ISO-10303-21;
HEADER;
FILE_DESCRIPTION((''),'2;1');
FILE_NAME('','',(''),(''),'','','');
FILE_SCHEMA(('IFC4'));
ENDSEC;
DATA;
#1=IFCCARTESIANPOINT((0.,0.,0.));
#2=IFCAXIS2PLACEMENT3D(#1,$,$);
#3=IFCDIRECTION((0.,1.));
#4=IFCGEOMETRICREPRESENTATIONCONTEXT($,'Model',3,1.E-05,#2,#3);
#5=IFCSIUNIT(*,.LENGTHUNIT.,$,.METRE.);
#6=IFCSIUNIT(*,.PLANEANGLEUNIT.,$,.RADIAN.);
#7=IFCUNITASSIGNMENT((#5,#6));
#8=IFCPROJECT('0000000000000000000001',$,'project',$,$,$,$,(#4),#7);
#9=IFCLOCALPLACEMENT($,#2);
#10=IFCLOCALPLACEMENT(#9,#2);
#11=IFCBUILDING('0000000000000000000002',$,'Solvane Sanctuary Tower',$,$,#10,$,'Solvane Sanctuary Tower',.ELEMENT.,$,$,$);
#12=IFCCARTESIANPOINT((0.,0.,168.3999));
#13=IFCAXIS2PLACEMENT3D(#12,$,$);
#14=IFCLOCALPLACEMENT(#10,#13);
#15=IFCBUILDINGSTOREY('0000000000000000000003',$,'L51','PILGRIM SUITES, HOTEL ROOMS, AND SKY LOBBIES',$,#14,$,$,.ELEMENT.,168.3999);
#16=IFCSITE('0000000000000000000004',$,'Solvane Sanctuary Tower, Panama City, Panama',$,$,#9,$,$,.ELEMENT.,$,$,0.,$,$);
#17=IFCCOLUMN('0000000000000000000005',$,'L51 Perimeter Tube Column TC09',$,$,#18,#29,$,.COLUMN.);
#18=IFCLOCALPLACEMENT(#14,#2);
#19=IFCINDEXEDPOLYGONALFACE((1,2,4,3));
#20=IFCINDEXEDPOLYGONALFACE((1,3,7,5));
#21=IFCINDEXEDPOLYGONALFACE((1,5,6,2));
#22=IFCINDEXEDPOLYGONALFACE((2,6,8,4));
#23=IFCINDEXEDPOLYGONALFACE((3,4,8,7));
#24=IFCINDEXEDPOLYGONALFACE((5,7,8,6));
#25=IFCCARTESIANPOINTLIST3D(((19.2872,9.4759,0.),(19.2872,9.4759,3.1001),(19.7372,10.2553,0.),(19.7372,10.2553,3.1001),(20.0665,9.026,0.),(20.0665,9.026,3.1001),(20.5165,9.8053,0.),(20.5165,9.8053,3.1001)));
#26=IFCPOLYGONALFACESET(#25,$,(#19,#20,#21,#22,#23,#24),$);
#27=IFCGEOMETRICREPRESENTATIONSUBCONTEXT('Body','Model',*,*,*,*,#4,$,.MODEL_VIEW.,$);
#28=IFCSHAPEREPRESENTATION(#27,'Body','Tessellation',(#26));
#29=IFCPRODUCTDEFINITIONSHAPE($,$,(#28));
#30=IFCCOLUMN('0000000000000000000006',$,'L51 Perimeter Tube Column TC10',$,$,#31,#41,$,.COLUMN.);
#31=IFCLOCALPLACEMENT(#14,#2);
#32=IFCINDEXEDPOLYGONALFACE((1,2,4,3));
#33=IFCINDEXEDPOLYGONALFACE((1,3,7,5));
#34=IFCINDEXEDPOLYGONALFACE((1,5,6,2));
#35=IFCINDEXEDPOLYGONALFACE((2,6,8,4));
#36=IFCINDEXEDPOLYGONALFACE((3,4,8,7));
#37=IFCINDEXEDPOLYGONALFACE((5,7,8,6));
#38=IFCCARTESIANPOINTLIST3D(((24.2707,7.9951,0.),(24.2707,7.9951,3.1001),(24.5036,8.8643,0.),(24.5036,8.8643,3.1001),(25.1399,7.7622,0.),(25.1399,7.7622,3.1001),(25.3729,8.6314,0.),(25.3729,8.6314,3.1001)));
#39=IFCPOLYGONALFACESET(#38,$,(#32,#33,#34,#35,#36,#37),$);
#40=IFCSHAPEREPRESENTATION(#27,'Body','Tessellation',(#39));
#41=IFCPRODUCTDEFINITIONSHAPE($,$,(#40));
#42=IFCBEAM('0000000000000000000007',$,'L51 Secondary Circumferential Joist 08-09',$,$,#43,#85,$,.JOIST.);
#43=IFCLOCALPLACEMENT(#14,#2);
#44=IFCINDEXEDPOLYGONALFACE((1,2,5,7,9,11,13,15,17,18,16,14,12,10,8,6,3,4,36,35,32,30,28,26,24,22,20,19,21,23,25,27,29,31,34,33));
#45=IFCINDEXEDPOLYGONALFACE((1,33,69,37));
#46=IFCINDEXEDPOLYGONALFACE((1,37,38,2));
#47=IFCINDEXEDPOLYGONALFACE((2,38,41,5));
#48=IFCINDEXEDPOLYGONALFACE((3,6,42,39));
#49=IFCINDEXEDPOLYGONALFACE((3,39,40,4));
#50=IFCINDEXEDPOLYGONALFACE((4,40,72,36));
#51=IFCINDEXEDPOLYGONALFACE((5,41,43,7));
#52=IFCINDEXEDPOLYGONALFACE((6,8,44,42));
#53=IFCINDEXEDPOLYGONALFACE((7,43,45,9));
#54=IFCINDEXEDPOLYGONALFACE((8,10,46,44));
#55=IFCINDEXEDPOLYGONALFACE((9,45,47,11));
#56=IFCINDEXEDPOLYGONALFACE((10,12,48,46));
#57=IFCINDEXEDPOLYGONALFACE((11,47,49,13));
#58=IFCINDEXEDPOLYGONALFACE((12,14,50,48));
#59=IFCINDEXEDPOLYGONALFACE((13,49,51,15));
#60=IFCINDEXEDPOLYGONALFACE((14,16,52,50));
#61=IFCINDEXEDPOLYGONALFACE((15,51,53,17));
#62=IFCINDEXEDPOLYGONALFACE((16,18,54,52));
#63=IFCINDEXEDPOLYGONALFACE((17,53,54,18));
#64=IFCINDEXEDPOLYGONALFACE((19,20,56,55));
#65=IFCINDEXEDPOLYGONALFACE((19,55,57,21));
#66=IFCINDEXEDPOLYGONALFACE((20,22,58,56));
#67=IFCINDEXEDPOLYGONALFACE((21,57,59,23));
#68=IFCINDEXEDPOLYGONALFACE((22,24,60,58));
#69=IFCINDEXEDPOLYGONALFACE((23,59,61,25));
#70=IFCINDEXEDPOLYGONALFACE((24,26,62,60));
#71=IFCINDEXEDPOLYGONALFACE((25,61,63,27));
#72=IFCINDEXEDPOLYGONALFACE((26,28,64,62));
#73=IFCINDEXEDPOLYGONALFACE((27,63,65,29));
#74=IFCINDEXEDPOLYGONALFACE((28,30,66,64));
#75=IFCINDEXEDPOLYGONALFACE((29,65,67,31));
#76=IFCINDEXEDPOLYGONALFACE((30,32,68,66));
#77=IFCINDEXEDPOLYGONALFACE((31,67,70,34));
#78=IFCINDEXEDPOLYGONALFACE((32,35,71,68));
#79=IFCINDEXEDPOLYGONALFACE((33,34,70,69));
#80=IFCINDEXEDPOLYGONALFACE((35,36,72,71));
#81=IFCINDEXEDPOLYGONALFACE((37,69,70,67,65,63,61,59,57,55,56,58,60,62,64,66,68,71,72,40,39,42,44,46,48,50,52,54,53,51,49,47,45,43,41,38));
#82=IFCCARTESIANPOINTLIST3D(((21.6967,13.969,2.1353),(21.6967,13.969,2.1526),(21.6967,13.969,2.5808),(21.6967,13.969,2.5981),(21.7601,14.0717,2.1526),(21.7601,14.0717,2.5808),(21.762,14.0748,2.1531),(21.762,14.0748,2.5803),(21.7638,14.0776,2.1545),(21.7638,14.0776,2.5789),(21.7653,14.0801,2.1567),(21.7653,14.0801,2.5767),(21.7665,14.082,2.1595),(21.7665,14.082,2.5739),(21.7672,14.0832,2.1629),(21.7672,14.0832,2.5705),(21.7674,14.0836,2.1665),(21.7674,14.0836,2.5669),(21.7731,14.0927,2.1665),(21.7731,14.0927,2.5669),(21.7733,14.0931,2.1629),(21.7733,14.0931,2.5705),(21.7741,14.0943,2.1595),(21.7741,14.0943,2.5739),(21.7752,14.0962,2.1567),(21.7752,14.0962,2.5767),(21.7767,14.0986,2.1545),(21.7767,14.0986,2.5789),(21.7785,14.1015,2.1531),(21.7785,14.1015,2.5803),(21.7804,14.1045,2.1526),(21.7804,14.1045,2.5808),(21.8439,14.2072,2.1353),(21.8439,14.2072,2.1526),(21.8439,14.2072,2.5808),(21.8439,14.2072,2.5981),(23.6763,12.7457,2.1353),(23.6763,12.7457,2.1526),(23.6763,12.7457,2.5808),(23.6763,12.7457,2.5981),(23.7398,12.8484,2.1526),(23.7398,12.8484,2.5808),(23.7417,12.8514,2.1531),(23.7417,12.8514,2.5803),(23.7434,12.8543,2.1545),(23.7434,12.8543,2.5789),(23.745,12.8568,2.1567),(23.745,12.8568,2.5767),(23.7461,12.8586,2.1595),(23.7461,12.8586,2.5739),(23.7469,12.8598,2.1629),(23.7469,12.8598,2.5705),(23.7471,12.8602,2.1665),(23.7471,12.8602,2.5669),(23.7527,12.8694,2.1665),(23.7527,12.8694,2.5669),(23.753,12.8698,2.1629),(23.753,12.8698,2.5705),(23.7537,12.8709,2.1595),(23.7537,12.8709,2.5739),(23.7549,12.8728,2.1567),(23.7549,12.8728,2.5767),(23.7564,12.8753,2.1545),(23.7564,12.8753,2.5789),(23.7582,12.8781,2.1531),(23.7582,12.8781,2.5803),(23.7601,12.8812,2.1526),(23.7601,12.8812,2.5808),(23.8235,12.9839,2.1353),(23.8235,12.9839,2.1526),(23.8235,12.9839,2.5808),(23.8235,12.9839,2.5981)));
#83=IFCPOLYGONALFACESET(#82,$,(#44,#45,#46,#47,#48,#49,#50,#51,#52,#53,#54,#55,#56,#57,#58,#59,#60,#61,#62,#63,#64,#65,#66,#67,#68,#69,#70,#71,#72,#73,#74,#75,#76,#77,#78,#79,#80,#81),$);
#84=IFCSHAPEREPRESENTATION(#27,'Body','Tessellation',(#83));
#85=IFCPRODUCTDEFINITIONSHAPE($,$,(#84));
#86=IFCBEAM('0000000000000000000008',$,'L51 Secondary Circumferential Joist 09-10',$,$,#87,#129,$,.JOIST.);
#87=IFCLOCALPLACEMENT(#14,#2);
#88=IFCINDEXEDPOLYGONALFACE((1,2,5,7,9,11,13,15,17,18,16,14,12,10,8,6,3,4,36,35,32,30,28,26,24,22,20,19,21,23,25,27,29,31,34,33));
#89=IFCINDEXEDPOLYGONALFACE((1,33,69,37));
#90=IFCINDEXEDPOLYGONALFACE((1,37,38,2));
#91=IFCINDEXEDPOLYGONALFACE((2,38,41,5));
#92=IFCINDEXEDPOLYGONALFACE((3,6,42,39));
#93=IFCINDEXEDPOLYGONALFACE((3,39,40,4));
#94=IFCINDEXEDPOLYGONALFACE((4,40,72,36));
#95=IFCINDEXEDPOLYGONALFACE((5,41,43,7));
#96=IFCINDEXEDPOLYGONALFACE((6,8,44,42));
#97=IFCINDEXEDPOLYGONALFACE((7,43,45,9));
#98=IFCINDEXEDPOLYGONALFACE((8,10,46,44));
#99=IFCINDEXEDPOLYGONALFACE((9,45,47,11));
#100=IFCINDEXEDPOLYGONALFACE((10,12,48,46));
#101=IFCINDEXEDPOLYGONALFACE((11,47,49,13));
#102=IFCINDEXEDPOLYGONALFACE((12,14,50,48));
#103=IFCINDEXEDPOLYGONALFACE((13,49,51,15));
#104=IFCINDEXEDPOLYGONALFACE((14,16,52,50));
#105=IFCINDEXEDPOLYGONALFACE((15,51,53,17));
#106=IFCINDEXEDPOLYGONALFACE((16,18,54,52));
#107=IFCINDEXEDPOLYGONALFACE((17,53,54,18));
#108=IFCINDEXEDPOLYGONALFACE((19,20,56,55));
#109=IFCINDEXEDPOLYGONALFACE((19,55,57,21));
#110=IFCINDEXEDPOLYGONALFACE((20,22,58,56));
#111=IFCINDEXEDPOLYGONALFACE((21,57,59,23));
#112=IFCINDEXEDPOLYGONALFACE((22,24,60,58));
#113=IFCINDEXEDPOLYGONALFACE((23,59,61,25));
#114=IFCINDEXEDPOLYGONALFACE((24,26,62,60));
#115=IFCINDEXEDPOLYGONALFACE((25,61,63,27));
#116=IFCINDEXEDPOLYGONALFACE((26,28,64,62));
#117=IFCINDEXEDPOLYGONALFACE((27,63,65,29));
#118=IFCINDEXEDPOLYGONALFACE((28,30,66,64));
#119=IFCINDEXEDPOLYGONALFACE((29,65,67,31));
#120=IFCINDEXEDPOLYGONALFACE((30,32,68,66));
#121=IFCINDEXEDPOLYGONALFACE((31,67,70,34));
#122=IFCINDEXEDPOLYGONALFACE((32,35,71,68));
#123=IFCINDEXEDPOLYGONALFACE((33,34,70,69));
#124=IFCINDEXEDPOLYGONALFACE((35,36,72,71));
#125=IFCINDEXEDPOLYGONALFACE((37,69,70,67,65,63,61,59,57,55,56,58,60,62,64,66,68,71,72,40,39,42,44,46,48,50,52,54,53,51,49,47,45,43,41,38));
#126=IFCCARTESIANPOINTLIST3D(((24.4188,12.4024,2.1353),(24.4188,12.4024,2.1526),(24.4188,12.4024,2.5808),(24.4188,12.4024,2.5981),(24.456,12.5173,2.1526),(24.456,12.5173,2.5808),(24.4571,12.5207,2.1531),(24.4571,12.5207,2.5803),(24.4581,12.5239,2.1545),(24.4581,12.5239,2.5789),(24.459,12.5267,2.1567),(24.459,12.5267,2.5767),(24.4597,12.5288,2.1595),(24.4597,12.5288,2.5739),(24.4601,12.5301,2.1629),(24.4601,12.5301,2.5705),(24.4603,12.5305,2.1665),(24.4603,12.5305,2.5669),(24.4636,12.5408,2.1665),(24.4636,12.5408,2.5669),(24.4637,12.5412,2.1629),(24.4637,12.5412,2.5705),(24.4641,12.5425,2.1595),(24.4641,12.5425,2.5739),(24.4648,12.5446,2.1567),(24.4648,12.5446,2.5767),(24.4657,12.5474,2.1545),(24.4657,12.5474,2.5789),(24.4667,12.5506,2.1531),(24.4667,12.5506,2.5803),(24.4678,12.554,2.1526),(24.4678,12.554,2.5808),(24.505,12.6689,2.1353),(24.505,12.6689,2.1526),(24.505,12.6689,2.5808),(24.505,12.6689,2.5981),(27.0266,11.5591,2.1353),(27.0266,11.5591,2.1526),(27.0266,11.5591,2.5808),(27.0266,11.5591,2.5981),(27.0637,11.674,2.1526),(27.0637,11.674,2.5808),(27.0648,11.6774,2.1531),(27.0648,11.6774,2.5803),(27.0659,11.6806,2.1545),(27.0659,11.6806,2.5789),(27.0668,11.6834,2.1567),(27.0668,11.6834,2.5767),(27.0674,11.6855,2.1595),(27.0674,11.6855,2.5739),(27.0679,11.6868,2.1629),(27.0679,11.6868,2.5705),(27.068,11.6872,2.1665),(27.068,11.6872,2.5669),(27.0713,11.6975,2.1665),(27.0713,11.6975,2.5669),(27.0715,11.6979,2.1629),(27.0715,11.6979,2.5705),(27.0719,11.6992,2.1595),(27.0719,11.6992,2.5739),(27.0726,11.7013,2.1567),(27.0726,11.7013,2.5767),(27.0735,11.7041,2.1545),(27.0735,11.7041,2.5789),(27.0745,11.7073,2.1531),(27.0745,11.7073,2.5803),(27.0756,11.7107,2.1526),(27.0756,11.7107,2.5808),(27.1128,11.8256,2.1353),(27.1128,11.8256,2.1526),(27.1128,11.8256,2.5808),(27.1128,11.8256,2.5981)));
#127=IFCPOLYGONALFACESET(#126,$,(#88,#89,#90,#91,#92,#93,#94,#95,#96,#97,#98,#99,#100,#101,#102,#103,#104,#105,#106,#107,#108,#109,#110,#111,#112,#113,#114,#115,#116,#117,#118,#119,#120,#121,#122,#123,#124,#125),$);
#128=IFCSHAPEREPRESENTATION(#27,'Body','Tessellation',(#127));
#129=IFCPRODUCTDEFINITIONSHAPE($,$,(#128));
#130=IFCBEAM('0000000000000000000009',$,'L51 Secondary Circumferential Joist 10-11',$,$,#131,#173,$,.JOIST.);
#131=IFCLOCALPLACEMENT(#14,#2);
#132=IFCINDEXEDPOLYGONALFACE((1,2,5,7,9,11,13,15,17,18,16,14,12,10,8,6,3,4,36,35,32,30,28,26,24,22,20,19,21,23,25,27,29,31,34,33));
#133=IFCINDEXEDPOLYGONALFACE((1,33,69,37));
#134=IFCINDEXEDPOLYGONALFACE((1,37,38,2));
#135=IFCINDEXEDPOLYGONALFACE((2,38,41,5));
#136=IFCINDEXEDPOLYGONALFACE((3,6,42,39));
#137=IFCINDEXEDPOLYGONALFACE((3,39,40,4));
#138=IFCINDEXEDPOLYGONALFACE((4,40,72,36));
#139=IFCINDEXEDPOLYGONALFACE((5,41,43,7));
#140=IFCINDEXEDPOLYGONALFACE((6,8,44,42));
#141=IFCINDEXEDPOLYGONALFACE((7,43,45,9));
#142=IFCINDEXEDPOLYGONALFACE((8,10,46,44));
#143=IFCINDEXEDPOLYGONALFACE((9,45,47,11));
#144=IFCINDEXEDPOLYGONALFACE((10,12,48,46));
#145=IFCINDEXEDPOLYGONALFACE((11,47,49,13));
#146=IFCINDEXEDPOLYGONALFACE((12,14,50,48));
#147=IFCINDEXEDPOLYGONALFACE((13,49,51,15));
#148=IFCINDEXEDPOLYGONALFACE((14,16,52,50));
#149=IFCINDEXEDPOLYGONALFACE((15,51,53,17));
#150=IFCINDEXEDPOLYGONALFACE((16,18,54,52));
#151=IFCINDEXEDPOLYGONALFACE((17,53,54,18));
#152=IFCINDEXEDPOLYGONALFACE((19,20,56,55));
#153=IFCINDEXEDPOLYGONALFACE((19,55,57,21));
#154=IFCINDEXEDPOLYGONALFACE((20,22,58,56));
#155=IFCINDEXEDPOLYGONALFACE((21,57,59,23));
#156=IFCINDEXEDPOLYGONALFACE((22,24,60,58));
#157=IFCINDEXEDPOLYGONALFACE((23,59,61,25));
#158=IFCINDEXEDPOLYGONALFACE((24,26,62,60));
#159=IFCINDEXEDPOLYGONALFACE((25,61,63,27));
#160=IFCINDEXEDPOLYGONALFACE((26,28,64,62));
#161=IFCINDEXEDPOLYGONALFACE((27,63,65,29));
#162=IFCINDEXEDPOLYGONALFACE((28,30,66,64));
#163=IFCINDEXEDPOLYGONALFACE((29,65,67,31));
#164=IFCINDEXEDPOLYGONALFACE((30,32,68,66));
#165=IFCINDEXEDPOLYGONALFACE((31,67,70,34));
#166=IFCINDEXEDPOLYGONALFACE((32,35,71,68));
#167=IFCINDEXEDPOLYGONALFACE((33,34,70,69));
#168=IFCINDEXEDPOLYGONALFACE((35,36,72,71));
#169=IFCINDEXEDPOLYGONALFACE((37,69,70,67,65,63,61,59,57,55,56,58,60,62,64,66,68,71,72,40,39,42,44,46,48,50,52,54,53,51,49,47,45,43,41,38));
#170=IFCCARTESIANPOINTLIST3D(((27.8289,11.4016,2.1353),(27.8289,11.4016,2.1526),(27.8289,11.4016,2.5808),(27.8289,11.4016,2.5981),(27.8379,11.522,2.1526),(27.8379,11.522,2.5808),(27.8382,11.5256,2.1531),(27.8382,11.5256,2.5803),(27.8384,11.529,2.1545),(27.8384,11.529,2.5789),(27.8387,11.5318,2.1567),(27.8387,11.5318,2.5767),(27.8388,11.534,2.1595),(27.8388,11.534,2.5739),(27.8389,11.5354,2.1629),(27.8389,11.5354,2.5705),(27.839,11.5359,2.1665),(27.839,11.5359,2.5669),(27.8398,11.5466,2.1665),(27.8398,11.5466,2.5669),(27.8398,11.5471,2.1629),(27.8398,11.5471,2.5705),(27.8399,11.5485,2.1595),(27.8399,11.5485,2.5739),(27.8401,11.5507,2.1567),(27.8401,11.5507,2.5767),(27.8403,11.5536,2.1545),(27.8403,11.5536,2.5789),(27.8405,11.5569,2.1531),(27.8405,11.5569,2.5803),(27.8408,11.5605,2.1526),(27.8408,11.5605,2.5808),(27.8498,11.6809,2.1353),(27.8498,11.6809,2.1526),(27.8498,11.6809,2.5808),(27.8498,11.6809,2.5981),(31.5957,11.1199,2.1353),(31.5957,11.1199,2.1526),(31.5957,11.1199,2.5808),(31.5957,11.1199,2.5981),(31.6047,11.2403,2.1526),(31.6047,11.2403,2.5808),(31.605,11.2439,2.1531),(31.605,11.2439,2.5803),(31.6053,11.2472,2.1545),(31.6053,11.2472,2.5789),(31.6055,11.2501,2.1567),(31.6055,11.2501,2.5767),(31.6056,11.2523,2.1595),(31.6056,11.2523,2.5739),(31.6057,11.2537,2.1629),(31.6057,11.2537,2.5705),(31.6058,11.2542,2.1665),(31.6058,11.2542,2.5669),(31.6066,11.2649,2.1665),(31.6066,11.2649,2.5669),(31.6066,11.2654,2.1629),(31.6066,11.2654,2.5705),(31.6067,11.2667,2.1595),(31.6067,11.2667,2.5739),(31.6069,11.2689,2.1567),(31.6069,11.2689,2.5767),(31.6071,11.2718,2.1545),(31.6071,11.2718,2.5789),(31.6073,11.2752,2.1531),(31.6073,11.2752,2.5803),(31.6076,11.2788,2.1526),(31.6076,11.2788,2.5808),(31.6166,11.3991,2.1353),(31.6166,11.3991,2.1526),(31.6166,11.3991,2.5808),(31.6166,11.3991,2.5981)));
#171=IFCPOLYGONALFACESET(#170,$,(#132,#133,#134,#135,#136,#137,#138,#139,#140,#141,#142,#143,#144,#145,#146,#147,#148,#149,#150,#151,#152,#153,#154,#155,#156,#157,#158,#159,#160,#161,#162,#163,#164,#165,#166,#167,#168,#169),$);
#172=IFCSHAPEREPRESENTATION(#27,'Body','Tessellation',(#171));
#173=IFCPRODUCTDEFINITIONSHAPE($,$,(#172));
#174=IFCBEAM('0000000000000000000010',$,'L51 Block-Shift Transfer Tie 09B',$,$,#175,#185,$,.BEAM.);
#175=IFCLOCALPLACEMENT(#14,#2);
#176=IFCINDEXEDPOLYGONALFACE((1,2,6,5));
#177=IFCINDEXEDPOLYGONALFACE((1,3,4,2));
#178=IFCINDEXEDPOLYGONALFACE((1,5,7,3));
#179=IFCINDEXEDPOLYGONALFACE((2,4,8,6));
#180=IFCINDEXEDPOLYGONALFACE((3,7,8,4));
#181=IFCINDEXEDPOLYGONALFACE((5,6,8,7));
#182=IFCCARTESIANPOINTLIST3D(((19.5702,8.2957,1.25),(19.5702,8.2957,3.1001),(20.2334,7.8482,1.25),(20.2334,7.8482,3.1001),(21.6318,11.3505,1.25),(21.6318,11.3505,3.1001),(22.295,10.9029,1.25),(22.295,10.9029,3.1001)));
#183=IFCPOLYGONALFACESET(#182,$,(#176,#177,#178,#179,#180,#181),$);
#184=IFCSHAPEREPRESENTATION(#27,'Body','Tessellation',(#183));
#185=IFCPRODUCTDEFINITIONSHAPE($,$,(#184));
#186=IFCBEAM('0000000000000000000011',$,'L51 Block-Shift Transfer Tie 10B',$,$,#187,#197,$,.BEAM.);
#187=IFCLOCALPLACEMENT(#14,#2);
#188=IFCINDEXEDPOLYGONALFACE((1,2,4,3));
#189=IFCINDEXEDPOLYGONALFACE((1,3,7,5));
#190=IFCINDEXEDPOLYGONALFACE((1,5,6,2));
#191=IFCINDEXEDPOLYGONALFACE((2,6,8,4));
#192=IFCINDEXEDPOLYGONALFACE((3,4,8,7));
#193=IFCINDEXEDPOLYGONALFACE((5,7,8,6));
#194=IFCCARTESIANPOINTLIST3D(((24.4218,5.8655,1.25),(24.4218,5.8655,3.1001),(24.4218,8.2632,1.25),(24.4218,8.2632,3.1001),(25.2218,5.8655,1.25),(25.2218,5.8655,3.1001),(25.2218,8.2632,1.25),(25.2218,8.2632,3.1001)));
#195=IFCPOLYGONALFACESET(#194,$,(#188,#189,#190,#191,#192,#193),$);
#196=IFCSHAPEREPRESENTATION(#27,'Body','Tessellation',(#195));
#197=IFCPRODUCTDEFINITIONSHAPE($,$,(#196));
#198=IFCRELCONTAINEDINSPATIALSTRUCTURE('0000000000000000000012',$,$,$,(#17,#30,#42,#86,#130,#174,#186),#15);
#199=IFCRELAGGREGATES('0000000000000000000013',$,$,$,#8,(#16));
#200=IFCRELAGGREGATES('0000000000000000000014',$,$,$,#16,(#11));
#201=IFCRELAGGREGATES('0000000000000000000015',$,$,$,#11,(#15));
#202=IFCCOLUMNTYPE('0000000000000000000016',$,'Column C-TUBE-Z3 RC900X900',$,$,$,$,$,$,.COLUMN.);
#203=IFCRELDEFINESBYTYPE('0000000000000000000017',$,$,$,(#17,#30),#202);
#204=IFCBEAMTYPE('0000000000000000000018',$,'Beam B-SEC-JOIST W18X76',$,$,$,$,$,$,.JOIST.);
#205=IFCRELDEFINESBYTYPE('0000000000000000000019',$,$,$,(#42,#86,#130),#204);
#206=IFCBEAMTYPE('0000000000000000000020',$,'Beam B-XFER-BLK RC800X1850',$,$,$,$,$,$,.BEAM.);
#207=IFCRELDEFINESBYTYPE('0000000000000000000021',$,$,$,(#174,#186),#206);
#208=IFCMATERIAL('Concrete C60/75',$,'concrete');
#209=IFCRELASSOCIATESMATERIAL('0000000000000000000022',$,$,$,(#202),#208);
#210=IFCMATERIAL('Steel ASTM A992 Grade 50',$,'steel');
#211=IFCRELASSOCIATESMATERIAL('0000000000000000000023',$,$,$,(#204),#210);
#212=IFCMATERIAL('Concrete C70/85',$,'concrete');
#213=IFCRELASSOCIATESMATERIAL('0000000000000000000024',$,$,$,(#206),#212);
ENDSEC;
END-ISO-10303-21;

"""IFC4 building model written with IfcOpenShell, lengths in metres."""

from ifc_helpers import new_model, si_unit, direction, frame, origin, origin_2d, place, context, subcontext, project, spatial, rectangle, i_section, extrude, material, material_profile, profile_set, type_object, element, save


model = new_model("IFC4")

# Units and contexts
model_context = context("Model", 3, precision=1e-05, world=origin(), true_north=direction((0.0, 1.0)))
body_context = subcontext(model_context, "Body", "Model", "MODEL_VIEW")
ifc_project = project(units=[si_unit("LENGTHUNIT", "METRE"), si_unit("PLANEANGLEUNIT", "RADIAN")], contexts=[model_context])

# Site, building, storey
site_placement = place(None, origin())
site = spatial("IfcSite", under=ifc_project, at=site_placement, Name="Solvane Sanctuary Tower, Panama City, Panama", CompositionType="ELEMENT", RefElevation=0.0)
building_placement = place(site_placement, origin())
building = spatial("IfcBuilding", under=site, at=building_placement, Name="Solvane Sanctuary Tower", LongName="Solvane Sanctuary Tower", CompositionType="ELEMENT")
storey_placement = place(building_placement, frame((0.0, 0.0, 168.3999)))
storey = spatial("IfcBuildingStorey", under=building, at=storey_placement, Name="L51", Description="PILGRIM SUITES, HOTEL ROOMS, AND SKY LOBBIES", CompositionType="ELEMENT", Elevation=168.3999)

# Columns
ifc_material_1 = material(Name="Concrete C60/75", Category="concrete")
ifc_material_profile_1 = material_profile(ifc_material_1, rectangle(XDim=0.8999, YDim=0.8999, at=origin_2d()), Name="RC900X900")
ifc_profile_set_1 = profile_set([ifc_material_profile_1], Name="Concrete C60/75")
column_type = type_object("IfcColumnType", Name="Column C-TUBE-Z3 RC900X900", PredefinedType="COLUMN", material=ifc_profile_set_1)
for number, where, z_axis, x_axis, name in (
    (1, (19.9019, 9.6406, 0.0), (0.0, 0.0, 1.0), (-0.5, -0.866025, 0.0), "L51 Perimeter Tube Column TC09"),
    (2, (24.8218, 8.3132, 0.0), (0.0, 0.0, 1.0), (-0.258819, -0.965926, 0.0), "L51 Perimeter Tube Column TC10"),
):
    element("IfcColumn", number, at=place(storey_placement, frame(where, z_axis=z_axis, x_axis=x_axis)), inside=storey, type_object=column_type, Name=name, PredefinedType="COLUMN", context=body_context, shape_type="SweptSolid", body=[
        extrude(rectangle(XDim=0.8999, YDim=0.8999, at=origin_2d()), origin(), (0.0, 0.0, 1.0), 3.1001),
    ])

# Beams
ifc_material_2 = material(Name="Steel ASTM A992 Grade 50", Category="steel")
ifc_material_profile_2 = material_profile(ifc_material_2, i_section(OverallWidth=0.28, OverallDepth=0.4629, WebThickness=0.0107, FlangeThickness=0.0173, FilletRadius=0.0139, at=origin_2d()), Name="W18X76")
ifc_profile_set_2 = profile_set([ifc_material_profile_2], Name="Steel ASTM A992 Grade 50")
beam_type_1 = type_object("IfcBeamType", Name="Beam B-SEC-JOIST W18X76", PredefinedType="JOIST", material=ifc_profile_set_2)
beam_1_placement = place(storey_placement, frame((21.7703, 14.0881, 2.3667), z_axis=(0.850681, -0.525683, 0.0), x_axis=(0.525683, 0.850681, 0.0)))
element("IfcBeam", 3, at=beam_1_placement, inside=storey, type_object=beam_type_1, Name="L51 Secondary Circumferential Joist 08-09", PredefinedType="JOIST", context=body_context, shape_type="SweptSolid", body=[
    extrude(i_section(OverallWidth=0.28, OverallDepth=0.4629, WebThickness=0.0107, FlangeThickness=0.0173, FilletRadius=0.0139, at=origin_2d()), origin(), (0.0, 0.0, 1.0), 2.3271),
])
beam_2_placement = place(storey_placement, frame((24.4619, 12.5356, 2.3667), z_axis=(0.951487, -0.30769, 0.0), x_axis=(0.30769, 0.951487, 0.0)))
element("IfcBeam", 4, at=beam_2_placement, inside=storey, type_object=beam_type_1, Name="L51 Secondary Circumferential Joist 09-10", PredefinedType="JOIST", context=body_context, shape_type="SweptSolid", body=[
    extrude(i_section(OverallWidth=0.28, OverallDepth=0.4629, WebThickness=0.0107, FlangeThickness=0.0173, FilletRadius=0.0139, at=origin_2d()), origin(), (0.0, 0.0, 1.0), 2.7407),
])
beam_3_placement = place(storey_placement, frame((27.8394, 11.5413, 2.3667), z_axis=(0.997215, -0.074586, 0.0), x_axis=(0.074586, 0.997215, 0.0)))
element("IfcBeam", 5, at=beam_3_placement, inside=storey, type_object=beam_type_1, Name="L51 Secondary Circumferential Joist 10-11", PredefinedType="JOIST", context=body_context, shape_type="SweptSolid", body=[
    extrude(i_section(OverallWidth=0.28, OverallDepth=0.4629, WebThickness=0.0107, FlangeThickness=0.0173, FilletRadius=0.0139, at=origin_2d()), origin(), (0.0, 0.0, 1.0), 3.7773),
])
ifc_material_3 = material(Name="Concrete C70/85", Category="concrete")
ifc_material_profile_3 = material_profile(ifc_material_3, rectangle(XDim=0.8, YDim=1.8501, at=origin_2d()), Name="RC800X1850")
ifc_profile_set_3 = profile_set([ifc_material_profile_3], Name="Concrete C70/85")
beam_type_2 = type_object("IfcBeamType", Name="Beam B-XFER-BLK RC800X1850", PredefinedType="BEAM", material=ifc_profile_set_3)
beam_4_placement = place(storey_placement, frame((21.9634, 11.1267, 2.175), z_axis=(-0.5594, -0.828898, 0.0), x_axis=(0.828898, -0.5594, 0.0)))
element("IfcBeam", 6, at=beam_4_placement, inside=storey, type_object=beam_type_2, Name="L51 Block-Shift Transfer Tie 09B", PredefinedType="BEAM", context=body_context, shape_type="SweptSolid", body=[
    extrude(rectangle(XDim=0.8, YDim=1.8501, at=origin_2d()), origin(), (0.0, 0.0, 1.0), 3.6853),
])
beam_5_placement = place(storey_placement, frame((24.8218, 8.2632, 2.175), z_axis=(0.0, -1.0, 0.0), x_axis=(1.0, 0.0, 0.0)))
element("IfcBeam", 7, at=beam_5_placement, inside=storey, type_object=beam_type_2, Name="L51 Block-Shift Transfer Tie 10B", PredefinedType="BEAM", context=body_context, shape_type="SweptSolid", body=[
    extrude(rectangle(XDim=0.8, YDim=1.8501, at=origin_2d()), origin(), (0.0, 0.0, 1.0), 2.3977),
])

save(model, "model.ifc")
